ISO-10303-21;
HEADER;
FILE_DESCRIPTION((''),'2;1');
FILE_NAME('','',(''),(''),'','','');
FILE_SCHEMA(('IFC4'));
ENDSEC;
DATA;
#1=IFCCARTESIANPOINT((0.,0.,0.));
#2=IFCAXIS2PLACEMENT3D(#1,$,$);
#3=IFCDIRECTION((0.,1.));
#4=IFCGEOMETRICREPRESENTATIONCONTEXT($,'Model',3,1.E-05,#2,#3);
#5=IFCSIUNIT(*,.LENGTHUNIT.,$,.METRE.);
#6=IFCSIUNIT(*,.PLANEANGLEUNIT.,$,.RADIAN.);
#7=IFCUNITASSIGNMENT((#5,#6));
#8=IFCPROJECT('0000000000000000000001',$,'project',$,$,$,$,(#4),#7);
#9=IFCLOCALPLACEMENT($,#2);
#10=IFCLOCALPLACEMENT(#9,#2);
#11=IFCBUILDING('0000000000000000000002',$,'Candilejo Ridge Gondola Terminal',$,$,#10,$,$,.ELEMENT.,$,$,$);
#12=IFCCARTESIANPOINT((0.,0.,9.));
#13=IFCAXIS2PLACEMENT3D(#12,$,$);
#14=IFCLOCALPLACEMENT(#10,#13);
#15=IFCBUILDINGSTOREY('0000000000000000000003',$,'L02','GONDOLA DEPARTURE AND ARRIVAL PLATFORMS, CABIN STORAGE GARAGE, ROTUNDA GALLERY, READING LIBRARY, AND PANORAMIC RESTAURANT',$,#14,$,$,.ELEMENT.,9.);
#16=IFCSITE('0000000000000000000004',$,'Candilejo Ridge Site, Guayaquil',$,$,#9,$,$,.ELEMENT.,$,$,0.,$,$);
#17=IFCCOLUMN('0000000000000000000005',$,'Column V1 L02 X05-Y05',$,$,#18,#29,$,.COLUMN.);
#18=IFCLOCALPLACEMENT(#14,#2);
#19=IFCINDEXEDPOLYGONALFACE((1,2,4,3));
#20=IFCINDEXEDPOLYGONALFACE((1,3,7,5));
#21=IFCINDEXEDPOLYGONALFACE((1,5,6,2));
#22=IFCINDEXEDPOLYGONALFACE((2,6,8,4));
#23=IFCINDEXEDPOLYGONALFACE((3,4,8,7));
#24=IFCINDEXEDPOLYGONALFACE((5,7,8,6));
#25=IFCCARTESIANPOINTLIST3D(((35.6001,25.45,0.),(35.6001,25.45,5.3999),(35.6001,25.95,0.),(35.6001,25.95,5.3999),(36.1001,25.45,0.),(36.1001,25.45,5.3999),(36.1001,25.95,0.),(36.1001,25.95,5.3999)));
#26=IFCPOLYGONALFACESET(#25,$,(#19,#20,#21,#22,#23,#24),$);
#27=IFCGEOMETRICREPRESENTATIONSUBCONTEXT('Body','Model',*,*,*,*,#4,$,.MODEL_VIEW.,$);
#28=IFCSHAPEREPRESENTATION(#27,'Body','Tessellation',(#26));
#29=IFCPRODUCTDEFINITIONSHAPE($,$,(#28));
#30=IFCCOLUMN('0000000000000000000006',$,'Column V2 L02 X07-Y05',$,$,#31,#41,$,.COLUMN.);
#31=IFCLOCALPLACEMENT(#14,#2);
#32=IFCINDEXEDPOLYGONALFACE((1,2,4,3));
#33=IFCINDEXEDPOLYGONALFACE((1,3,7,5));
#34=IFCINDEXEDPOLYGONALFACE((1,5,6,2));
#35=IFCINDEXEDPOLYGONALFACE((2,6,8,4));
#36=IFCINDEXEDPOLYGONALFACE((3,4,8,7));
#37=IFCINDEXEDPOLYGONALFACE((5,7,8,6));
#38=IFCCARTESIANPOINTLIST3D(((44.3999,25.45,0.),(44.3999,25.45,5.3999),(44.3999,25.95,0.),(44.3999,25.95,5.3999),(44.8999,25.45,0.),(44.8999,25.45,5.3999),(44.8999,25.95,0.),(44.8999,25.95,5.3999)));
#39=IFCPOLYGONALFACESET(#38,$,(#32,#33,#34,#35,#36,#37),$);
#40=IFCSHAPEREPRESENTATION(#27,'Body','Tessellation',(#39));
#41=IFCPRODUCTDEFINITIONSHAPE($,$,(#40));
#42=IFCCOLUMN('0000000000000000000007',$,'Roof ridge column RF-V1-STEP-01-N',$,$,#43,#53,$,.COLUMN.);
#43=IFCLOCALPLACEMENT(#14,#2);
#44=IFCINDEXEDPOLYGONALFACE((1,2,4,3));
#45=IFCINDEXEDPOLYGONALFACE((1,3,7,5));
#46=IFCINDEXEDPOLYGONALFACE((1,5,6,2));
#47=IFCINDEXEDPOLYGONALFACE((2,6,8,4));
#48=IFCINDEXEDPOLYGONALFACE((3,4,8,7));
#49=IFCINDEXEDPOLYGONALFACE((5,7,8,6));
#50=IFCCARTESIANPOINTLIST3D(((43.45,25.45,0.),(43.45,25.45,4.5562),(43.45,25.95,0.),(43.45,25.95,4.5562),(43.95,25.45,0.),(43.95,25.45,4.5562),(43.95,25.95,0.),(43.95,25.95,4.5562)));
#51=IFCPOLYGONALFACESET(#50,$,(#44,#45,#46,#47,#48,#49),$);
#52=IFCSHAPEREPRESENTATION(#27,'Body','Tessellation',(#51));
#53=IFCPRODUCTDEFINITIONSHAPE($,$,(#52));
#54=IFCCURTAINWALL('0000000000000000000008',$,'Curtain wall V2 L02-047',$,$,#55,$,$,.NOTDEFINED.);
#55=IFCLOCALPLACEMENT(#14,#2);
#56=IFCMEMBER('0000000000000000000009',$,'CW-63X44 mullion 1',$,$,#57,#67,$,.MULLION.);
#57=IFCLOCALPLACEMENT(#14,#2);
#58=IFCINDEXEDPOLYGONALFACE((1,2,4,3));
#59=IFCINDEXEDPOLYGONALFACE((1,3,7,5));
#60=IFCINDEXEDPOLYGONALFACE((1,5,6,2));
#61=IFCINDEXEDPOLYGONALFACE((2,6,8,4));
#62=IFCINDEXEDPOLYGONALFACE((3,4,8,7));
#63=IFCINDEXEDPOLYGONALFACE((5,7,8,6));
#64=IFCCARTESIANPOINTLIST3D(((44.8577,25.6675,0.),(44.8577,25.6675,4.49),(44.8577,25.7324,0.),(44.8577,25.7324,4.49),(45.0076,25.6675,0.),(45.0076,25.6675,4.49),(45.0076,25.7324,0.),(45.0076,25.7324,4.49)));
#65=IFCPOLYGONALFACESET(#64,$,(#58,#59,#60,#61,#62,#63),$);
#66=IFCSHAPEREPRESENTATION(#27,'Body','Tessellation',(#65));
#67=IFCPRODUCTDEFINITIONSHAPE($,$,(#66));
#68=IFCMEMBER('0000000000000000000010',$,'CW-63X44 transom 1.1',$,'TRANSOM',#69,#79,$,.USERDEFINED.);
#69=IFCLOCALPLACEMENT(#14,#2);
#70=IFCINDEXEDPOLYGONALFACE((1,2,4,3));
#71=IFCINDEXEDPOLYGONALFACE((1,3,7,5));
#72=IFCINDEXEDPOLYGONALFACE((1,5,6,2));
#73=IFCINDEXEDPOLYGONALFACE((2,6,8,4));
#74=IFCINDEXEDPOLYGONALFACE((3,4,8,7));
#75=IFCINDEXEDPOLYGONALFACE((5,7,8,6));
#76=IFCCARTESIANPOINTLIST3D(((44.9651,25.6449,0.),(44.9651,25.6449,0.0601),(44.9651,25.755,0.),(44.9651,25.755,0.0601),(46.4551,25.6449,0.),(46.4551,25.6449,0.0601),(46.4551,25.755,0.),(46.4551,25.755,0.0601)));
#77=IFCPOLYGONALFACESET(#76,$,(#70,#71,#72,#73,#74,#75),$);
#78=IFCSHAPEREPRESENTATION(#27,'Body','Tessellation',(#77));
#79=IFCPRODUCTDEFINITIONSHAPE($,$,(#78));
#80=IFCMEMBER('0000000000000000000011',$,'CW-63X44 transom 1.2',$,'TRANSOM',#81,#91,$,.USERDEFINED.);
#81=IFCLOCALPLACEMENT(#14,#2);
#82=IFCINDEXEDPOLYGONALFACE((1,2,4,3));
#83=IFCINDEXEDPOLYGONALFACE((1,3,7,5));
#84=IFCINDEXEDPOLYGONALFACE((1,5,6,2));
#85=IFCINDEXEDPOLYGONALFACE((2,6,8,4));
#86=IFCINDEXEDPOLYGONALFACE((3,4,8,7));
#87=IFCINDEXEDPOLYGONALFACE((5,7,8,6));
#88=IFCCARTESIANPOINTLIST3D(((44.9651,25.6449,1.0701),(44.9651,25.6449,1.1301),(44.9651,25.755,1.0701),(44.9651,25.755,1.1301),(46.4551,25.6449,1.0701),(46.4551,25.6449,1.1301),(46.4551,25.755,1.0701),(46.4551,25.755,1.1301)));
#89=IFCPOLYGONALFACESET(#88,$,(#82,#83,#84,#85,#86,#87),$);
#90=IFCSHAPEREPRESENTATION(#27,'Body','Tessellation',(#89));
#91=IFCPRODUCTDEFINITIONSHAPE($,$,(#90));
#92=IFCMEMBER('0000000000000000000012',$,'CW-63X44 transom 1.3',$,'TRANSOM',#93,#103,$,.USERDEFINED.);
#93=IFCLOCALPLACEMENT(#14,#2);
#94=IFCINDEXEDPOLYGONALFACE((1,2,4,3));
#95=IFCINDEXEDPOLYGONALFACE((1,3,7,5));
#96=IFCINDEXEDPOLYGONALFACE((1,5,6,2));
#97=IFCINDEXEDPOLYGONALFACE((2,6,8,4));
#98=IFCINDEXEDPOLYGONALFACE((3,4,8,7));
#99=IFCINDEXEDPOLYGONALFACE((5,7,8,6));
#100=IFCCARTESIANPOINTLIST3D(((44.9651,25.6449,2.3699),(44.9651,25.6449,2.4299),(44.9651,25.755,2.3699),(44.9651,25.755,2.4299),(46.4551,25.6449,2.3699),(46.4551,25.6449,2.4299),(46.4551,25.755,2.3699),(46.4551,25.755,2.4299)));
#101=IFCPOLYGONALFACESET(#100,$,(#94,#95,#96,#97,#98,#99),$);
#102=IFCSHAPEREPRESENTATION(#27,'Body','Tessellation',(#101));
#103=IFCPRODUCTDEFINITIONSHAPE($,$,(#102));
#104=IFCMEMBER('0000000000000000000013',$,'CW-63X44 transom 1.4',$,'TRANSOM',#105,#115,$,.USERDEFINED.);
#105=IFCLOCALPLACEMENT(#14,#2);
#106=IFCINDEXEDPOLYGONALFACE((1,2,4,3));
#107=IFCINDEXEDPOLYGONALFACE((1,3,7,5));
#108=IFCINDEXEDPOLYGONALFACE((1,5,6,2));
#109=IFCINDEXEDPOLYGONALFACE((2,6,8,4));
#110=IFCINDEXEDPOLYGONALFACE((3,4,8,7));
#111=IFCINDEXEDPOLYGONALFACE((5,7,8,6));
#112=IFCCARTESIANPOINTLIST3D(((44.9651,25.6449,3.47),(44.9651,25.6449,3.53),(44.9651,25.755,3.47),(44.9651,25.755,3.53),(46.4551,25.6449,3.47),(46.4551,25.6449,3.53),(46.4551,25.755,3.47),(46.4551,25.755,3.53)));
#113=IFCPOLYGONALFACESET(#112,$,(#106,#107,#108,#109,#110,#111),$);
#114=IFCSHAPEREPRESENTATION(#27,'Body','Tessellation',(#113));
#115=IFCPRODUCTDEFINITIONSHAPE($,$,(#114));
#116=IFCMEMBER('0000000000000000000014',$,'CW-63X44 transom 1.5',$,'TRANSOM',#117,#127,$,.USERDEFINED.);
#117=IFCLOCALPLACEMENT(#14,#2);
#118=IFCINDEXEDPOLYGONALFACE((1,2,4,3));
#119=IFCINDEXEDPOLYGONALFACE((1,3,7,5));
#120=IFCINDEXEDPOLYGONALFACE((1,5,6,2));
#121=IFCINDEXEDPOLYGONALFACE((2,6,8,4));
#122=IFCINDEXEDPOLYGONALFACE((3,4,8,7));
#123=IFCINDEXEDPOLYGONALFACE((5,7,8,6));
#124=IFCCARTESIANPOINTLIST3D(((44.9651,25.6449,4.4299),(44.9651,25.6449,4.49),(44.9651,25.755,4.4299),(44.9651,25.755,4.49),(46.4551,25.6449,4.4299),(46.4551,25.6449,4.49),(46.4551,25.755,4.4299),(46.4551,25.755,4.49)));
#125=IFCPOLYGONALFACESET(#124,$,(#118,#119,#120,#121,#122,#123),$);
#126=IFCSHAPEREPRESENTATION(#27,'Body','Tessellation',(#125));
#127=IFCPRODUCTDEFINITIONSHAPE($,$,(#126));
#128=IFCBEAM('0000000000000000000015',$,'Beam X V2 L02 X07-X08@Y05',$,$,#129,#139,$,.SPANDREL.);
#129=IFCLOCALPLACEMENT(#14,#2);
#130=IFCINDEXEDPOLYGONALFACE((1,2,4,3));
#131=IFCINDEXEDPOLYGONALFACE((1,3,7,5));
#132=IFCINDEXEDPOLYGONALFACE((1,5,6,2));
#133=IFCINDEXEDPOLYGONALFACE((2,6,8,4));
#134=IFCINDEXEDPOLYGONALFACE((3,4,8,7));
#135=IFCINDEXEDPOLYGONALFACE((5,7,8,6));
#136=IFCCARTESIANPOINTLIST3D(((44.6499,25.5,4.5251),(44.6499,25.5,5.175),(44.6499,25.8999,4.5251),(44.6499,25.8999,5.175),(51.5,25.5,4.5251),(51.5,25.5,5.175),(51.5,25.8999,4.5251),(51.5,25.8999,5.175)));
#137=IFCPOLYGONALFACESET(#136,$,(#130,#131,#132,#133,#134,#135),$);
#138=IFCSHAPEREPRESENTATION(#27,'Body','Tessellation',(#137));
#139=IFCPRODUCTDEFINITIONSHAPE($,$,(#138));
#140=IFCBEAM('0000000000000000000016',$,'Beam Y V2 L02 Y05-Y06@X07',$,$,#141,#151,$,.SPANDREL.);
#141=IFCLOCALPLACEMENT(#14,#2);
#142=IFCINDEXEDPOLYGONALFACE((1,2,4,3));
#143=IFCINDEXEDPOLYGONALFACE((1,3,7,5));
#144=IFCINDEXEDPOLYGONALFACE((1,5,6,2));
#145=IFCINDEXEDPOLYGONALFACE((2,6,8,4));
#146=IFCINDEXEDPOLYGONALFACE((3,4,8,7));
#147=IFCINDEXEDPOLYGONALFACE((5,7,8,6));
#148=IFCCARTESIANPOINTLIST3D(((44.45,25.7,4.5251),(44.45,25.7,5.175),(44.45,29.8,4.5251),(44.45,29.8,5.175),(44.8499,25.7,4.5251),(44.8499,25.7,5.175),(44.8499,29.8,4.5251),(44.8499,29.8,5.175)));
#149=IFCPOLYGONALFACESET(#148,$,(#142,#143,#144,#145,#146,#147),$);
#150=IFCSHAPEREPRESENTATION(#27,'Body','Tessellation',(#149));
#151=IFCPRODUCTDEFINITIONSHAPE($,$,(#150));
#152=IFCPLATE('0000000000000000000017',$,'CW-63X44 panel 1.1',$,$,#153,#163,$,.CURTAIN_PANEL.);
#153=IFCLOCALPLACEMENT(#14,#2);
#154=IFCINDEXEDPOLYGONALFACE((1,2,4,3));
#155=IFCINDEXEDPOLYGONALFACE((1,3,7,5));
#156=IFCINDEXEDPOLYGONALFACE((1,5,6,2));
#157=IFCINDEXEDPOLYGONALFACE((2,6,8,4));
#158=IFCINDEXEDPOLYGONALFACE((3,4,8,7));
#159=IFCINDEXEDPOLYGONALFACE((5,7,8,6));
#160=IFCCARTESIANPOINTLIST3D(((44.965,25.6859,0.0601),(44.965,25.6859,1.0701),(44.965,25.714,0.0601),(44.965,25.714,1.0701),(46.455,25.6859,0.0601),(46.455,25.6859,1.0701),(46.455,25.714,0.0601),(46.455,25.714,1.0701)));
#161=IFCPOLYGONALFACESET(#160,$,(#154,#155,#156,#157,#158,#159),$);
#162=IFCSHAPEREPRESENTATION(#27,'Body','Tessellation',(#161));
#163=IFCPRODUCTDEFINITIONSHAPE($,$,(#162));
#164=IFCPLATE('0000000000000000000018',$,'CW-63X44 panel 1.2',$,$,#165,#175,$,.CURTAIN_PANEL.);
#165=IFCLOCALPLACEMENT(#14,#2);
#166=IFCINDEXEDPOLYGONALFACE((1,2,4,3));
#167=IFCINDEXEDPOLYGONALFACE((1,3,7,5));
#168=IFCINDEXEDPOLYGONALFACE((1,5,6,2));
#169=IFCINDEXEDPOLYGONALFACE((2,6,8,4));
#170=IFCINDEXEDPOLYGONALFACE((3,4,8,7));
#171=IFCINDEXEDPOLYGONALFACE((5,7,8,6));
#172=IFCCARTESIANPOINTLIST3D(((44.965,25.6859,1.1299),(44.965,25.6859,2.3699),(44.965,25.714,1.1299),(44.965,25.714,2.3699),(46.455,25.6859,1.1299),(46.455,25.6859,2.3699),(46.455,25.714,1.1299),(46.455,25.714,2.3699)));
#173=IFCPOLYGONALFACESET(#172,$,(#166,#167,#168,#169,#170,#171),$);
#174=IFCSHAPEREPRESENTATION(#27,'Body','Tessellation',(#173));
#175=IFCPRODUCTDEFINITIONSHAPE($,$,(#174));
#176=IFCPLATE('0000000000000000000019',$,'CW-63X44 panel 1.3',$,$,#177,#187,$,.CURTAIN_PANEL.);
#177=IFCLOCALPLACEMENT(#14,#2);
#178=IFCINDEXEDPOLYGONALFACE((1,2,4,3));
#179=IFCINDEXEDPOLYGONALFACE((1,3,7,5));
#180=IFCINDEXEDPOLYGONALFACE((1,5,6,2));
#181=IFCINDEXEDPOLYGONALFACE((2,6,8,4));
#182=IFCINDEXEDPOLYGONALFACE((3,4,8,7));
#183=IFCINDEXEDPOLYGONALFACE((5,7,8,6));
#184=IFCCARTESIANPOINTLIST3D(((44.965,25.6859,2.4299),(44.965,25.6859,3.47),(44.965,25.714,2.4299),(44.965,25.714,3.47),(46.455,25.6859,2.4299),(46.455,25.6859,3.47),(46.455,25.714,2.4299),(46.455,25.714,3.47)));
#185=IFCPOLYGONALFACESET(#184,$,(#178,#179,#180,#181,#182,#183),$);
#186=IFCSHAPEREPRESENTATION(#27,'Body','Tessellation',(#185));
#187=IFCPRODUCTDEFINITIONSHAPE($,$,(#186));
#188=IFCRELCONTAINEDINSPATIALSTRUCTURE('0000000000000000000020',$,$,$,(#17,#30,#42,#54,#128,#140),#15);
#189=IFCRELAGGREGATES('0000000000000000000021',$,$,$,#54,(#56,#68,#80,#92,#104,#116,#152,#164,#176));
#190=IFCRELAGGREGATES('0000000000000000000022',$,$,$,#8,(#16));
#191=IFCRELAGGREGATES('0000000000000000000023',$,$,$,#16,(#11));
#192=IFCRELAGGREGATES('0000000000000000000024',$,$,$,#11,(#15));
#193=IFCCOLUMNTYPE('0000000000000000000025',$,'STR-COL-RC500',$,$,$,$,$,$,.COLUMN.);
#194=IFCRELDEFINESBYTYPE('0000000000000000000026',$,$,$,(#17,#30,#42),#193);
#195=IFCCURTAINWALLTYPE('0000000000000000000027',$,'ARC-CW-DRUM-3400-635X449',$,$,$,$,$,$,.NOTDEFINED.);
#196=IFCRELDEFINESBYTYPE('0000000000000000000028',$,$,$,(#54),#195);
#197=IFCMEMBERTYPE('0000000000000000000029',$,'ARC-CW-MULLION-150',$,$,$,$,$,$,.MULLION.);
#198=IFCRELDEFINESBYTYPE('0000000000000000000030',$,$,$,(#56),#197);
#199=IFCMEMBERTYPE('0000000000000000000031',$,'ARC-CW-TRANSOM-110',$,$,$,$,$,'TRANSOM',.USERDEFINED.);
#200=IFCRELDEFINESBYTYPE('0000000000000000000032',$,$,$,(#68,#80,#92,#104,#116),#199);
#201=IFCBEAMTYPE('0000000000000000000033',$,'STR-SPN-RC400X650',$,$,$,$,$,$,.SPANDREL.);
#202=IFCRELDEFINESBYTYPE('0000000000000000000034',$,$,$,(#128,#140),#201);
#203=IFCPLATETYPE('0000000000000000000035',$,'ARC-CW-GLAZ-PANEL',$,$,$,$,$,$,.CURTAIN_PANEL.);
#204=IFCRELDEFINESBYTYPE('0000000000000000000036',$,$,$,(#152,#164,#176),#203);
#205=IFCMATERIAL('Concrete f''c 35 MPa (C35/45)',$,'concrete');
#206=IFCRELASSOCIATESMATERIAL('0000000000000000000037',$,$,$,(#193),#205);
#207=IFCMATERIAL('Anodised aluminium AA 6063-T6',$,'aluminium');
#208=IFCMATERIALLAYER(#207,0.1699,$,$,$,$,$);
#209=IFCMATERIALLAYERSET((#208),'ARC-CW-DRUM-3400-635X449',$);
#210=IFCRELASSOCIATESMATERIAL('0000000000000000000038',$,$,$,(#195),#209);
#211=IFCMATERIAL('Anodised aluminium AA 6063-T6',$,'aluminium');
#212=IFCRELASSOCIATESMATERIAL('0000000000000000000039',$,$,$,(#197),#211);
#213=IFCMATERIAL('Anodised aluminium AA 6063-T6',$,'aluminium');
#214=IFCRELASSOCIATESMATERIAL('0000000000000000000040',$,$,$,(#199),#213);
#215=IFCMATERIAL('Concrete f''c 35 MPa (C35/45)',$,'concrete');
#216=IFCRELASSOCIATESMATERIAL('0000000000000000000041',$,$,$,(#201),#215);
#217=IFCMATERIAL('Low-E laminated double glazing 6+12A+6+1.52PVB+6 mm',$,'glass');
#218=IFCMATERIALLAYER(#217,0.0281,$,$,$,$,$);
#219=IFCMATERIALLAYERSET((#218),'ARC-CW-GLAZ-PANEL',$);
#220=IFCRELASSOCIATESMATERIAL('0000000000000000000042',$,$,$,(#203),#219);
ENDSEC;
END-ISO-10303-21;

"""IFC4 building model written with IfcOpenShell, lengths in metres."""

from ifc_helpers import new_model, si_unit, direction, frame, origin, origin_2d, place, context, subcontext, project, spatial, rectangle, extrude, material, layer, layer_set, material_profile, profile_set, type_object, element, aggregate, save


model = new_model("IFC4")

# Units and contexts
model_context = context("Model", 3, precision=1e-05, world=origin(), true_north=direction((0.0, 1.0)))
body_context = subcontext(model_context, "Body", "Model", "MODEL_VIEW")
ifc_project = project(units=[si_unit("LENGTHUNIT", "METRE"), si_unit("PLANEANGLEUNIT", "RADIAN")], contexts=[model_context])

# Site, building, storey
site_placement = place(None, origin())
site = spatial("IfcSite", under=ifc_project, at=site_placement, Name="Candilejo Ridge Site, Guayaquil", CompositionType="ELEMENT", RefElevation=0.0)
building_placement = place(site_placement, origin())
building = spatial("IfcBuilding", under=site, at=building_placement, Name="Candilejo Ridge Gondola Terminal", CompositionType="ELEMENT")
storey_placement = place(building_placement, frame((0.0, 0.0, 9.0)))
storey = spatial("IfcBuildingStorey", under=building, at=storey_placement, Name="L02", Description="GONDOLA DEPARTURE AND ARRIVAL PLATFORMS, CABIN STORAGE GARAGE, ROTUNDA GALLERY, READING LIBRARY, AND PANORAMIC RESTAURANT", CompositionType="ELEMENT", Elevation=9.0)

# Columns
ifc_material_1 = material(Name="Concrete f'c 35 MPa (C35/45)", Category="concrete")
ifc_material_profile_1 = material_profile(ifc_material_1, rectangle(XDim=0.5, YDim=0.5, at=origin_2d()))
ifc_profile_set_1 = profile_set([ifc_material_profile_1], Name="Concrete f'c 35 MPa (C35/45)")
column_type = type_object("IfcColumnType", Name="STR-COL-RC500", PredefinedType="COLUMN", material=ifc_profile_set_1)
for number, where, z_axis, x_axis, name in (
    (1, (35.8501, 25.7, 0.0), (0.0, 0.0, 1.0), (1.0, 0.0, 0.0), "Column V1 L02 X05-Y05"),
    (2, (44.6499, 25.7, 0.0), (0.0, 0.0, 1.0), (1.0, 0.0, 0.0), "Column V2 L02 X07-Y05"),
):
    element("IfcColumn", number, at=place(storey_placement, frame(where, z_axis=z_axis, x_axis=x_axis)), inside=storey, type_object=column_type, Name=name, PredefinedType="COLUMN", context=body_context, shape_type="SweptSolid", body=[
        extrude(rectangle(XDim=0.5, YDim=0.5, at=origin_2d()), origin(), (0.0, 0.0, 1.0), 5.3999),
    ])
column_placement = place(storey_placement, frame((43.7, 25.7, 0.0), z_axis=(0.0, 0.0, 1.0), x_axis=(1.0, 0.0, 0.0)))
element("IfcColumn", 3, at=column_placement, inside=storey, type_object=column_type, Name="Roof ridge column RF-V1-STEP-01-N", PredefinedType="COLUMN", context=body_context, shape_type="SweptSolid", body=[
    extrude(rectangle(XDim=0.5, YDim=0.5, at=origin_2d()), origin(), (0.0, 0.0, 1.0), 4.5562),
])

# Curtain wall, members
ifc_material_2 = material(Name="Anodised aluminium AA 6063-T6", Category="aluminium")
ifc_layer_1 = layer(ifc_material_2, 0.1699)
ifc_layer_set_1 = layer_set([ifc_layer_1], Name="ARC-CW-DRUM-3400-635X449")
curtain_wall_type = type_object("IfcCurtainWallType", Name="ARC-CW-DRUM-3400-635X449", PredefinedType="NOTDEFINED", material=ifc_layer_set_1)
curtain_wall_placement = place(storey_placement, origin())
curtain_wall = element("IfcCurtainWall", 4, at=curtain_wall_placement, inside=storey, type_object=curtain_wall_type, Name="Curtain wall V2 L02-047", PredefinedType="NOTDEFINED")
ifc_material_3 = material(Name="Anodised aluminium AA 6063-T6", Category="aluminium")
ifc_material_profile_2 = material_profile(ifc_material_3, rectangle(XDim=0.0649, YDim=0.1499, at=origin_2d()))
ifc_profile_set_2 = profile_set([ifc_material_profile_2], Name="Anodised aluminium AA 6063-T6")
member_type_1 = type_object("IfcMemberType", Name="ARC-CW-MULLION-150", PredefinedType="MULLION", material=ifc_profile_set_2)
member_1_placement = place(storey_placement, frame((44.9326, 25.7, 0.0), z_axis=(0.0, 0.0, 1.0), x_axis=(0.0, 1.0, 0.0)))
member_1 = element("IfcMember", 5, at=member_1_placement, type_object=member_type_1, Name="CW-63X44 mullion 1", PredefinedType="MULLION", context=body_context, shape_type="SweptSolid", body=[
    extrude(rectangle(XDim=0.0649, YDim=0.1499, at=origin_2d()), origin(), (0.0, 0.0, 1.0), 4.49),
])
ifc_material_4 = material(Name="Anodised aluminium AA 6063-T6", Category="aluminium")
ifc_material_profile_3 = material_profile(ifc_material_4, rectangle(XDim=0.1101, YDim=0.0601, at=origin_2d()))
ifc_profile_set_3 = profile_set([ifc_material_profile_3], Name="Anodised aluminium AA 6063-T6")
member_type_2 = type_object("IfcMemberType", Name="ARC-CW-TRANSOM-110", ElementType="TRANSOM", PredefinedType="USERDEFINED", material=ifc_profile_set_3)
member_2_placement = place(storey_placement, frame((44.9651, 25.7, 0.03), z_axis=(1.0, 0.0, 0.0), x_axis=(0.0, 1.0, 0.0)))
member_2 = element("IfcMember", 6, at=member_2_placement, type_object=member_type_2, Name="CW-63X44 transom 1.1", ObjectType="TRANSOM", PredefinedType="USERDEFINED", context=body_context, shape_type="SweptSolid", body=[
    extrude(rectangle(XDim=0.1101, YDim=0.0601, at=origin_2d()), origin(), (0.0, 0.0, 1.0), 1.49),
])
member_3_placement = place(storey_placement, frame((44.9651, 25.7, 1.1001), z_axis=(1.0, 0.0, 0.0), x_axis=(0.0, 1.0, 0.0)))
member_3 = element("IfcMember", 7, at=member_3_placement, type_object=member_type_2, Name="CW-63X44 transom 1.2", ObjectType="TRANSOM", PredefinedType="USERDEFINED", context=body_context, shape_type="SweptSolid", body=[
    extrude(rectangle(XDim=0.1101, YDim=0.0601, at=origin_2d()), origin(), (0.0, 0.0, 1.0), 1.49),
])
member_4_placement = place(storey_placement, frame((44.9651, 25.7, 2.3999), z_axis=(1.0, 0.0, 0.0), x_axis=(0.0, 1.0, 0.0)))
member_4 = element("IfcMember", 8, at=member_4_placement, type_object=member_type_2, Name="CW-63X44 transom 1.3", ObjectType="TRANSOM", PredefinedType="USERDEFINED", context=body_context, shape_type="SweptSolid", body=[
    extrude(rectangle(XDim=0.1101, YDim=0.0601, at=origin_2d()), origin(), (0.0, 0.0, 1.0), 1.49),
])
member_5_placement = place(storey_placement, frame((44.9651, 25.7, 3.5), z_axis=(1.0, 0.0, 0.0), x_axis=(0.0, 1.0, 0.0)))
member_5 = element("IfcMember", 9, at=member_5_placement, type_object=member_type_2, Name="CW-63X44 transom 1.4", ObjectType="TRANSOM", PredefinedType="USERDEFINED", context=body_context, shape_type="SweptSolid", body=[
    extrude(rectangle(XDim=0.1101, YDim=0.0601, at=origin_2d()), origin(), (0.0, 0.0, 1.0), 1.49),
])
member_6_placement = place(storey_placement, frame((44.9651, 25.7, 4.46), z_axis=(1.0, 0.0, 0.0), x_axis=(0.0, 1.0, 0.0)))
member_6 = element("IfcMember", 10, at=member_6_placement, type_object=member_type_2, Name="CW-63X44 transom 1.5", ObjectType="TRANSOM", PredefinedType="USERDEFINED", context=body_context, shape_type="SweptSolid", body=[
    extrude(rectangle(XDim=0.1101, YDim=0.0601, at=origin_2d()), origin(), (0.0, 0.0, 1.0), 1.49),
])

# Beams
ifc_material_5 = material(Name="Concrete f'c 35 MPa (C35/45)", Category="concrete")
ifc_material_profile_4 = material_profile(ifc_material_5, rectangle(XDim=0.3999, YDim=0.6499, at=origin_2d()))
ifc_profile_set_4 = profile_set([ifc_material_profile_4], Name="Concrete f'c 35 MPa (C35/45)")
beam_type = type_object("IfcBeamType", Name="STR-SPN-RC400X650", PredefinedType="SPANDREL", material=ifc_profile_set_4)
beam_1_placement = place(storey_placement, frame((44.6499, 25.7, 4.8501), z_axis=(1.0, 0.0, 0.0), x_axis=(0.0, 1.0, 0.0)))
element("IfcBeam", 11, at=beam_1_placement, inside=storey, type_object=beam_type, Name="Beam X V2 L02 X07-X08@Y05", PredefinedType="SPANDREL", context=body_context, shape_type="SweptSolid", body=[
    extrude(rectangle(XDim=0.3999, YDim=0.6499, at=origin_2d()), origin(), (0.0, 0.0, 1.0), 6.8501),
])
beam_2_placement = place(storey_placement, frame((44.6499, 25.7, 4.8501), z_axis=(0.0, 1.0, 0.0), x_axis=(-1.0, 0.0, 0.0)))
element("IfcBeam", 12, at=beam_2_placement, inside=storey, type_object=beam_type, Name="Beam Y V2 L02 Y05-Y06@X07", PredefinedType="SPANDREL", context=body_context, shape_type="SweptSolid", body=[
    extrude(rectangle(XDim=0.3999, YDim=0.6499, at=origin_2d()), origin(), (0.0, 0.0, 1.0), 4.1001),
])

# Plates
ifc_material_6 = material(Name="Low-E laminated double glazing 6+12A+6+1.52PVB+6 mm", Category="glass")
ifc_layer_2 = layer(ifc_material_6, 0.0281)
ifc_layer_set_2 = layer_set([ifc_layer_2], Name="ARC-CW-GLAZ-PANEL")
plate_type = type_object("IfcPlateType", Name="ARC-CW-GLAZ-PANEL", PredefinedType="CURTAIN_PANEL", material=ifc_layer_set_2)
plate_1_placement = place(storey_placement, frame((45.71, 25.7, 0.0601), z_axis=(0.0, 0.0, 1.0), x_axis=(1.0, 0.0, 0.0)))
plate_1 = element("IfcPlate", 13, at=plate_1_placement, type_object=plate_type, Name="CW-63X44 panel 1.1", PredefinedType="CURTAIN_PANEL", context=body_context, shape_type="SweptSolid", body=[
    extrude(rectangle(XDim=1.49, YDim=0.0281, at=origin_2d()), origin(), (0.0, 0.0, 1.0), 1.01),
])
plate_2_placement = place(storey_placement, frame((45.71, 25.7, 1.1299), z_axis=(0.0, 0.0, 1.0), x_axis=(1.0, 0.0, 0.0)))
plate_2 = element("IfcPlate", 14, at=plate_2_placement, type_object=plate_type, Name="CW-63X44 panel 1.2", PredefinedType="CURTAIN_PANEL", context=body_context, shape_type="SweptSolid", body=[
    extrude(rectangle(XDim=1.49, YDim=0.0281, at=origin_2d()), origin(), (0.0, 0.0, 1.0), 1.24),
])
plate_3_placement = place(storey_placement, frame((45.71, 25.7, 2.4299), z_axis=(0.0, 0.0, 1.0), x_axis=(1.0, 0.0, 0.0)))
plate_3 = element("IfcPlate", 15, at=plate_3_placement, type_object=plate_type, Name="CW-63X44 panel 1.3", PredefinedType="CURTAIN_PANEL", context=body_context, shape_type="SweptSolid", body=[
    extrude(rectangle(XDim=1.49, YDim=0.0281, at=origin_2d()), origin(), (0.0, 0.0, 1.0), 1.04),
])
aggregate(curtain_wall, [member_1, member_2, member_3, member_4, member_5, member_6, plate_1, plate_2, plate_3])

save(model, "model.ifc")
